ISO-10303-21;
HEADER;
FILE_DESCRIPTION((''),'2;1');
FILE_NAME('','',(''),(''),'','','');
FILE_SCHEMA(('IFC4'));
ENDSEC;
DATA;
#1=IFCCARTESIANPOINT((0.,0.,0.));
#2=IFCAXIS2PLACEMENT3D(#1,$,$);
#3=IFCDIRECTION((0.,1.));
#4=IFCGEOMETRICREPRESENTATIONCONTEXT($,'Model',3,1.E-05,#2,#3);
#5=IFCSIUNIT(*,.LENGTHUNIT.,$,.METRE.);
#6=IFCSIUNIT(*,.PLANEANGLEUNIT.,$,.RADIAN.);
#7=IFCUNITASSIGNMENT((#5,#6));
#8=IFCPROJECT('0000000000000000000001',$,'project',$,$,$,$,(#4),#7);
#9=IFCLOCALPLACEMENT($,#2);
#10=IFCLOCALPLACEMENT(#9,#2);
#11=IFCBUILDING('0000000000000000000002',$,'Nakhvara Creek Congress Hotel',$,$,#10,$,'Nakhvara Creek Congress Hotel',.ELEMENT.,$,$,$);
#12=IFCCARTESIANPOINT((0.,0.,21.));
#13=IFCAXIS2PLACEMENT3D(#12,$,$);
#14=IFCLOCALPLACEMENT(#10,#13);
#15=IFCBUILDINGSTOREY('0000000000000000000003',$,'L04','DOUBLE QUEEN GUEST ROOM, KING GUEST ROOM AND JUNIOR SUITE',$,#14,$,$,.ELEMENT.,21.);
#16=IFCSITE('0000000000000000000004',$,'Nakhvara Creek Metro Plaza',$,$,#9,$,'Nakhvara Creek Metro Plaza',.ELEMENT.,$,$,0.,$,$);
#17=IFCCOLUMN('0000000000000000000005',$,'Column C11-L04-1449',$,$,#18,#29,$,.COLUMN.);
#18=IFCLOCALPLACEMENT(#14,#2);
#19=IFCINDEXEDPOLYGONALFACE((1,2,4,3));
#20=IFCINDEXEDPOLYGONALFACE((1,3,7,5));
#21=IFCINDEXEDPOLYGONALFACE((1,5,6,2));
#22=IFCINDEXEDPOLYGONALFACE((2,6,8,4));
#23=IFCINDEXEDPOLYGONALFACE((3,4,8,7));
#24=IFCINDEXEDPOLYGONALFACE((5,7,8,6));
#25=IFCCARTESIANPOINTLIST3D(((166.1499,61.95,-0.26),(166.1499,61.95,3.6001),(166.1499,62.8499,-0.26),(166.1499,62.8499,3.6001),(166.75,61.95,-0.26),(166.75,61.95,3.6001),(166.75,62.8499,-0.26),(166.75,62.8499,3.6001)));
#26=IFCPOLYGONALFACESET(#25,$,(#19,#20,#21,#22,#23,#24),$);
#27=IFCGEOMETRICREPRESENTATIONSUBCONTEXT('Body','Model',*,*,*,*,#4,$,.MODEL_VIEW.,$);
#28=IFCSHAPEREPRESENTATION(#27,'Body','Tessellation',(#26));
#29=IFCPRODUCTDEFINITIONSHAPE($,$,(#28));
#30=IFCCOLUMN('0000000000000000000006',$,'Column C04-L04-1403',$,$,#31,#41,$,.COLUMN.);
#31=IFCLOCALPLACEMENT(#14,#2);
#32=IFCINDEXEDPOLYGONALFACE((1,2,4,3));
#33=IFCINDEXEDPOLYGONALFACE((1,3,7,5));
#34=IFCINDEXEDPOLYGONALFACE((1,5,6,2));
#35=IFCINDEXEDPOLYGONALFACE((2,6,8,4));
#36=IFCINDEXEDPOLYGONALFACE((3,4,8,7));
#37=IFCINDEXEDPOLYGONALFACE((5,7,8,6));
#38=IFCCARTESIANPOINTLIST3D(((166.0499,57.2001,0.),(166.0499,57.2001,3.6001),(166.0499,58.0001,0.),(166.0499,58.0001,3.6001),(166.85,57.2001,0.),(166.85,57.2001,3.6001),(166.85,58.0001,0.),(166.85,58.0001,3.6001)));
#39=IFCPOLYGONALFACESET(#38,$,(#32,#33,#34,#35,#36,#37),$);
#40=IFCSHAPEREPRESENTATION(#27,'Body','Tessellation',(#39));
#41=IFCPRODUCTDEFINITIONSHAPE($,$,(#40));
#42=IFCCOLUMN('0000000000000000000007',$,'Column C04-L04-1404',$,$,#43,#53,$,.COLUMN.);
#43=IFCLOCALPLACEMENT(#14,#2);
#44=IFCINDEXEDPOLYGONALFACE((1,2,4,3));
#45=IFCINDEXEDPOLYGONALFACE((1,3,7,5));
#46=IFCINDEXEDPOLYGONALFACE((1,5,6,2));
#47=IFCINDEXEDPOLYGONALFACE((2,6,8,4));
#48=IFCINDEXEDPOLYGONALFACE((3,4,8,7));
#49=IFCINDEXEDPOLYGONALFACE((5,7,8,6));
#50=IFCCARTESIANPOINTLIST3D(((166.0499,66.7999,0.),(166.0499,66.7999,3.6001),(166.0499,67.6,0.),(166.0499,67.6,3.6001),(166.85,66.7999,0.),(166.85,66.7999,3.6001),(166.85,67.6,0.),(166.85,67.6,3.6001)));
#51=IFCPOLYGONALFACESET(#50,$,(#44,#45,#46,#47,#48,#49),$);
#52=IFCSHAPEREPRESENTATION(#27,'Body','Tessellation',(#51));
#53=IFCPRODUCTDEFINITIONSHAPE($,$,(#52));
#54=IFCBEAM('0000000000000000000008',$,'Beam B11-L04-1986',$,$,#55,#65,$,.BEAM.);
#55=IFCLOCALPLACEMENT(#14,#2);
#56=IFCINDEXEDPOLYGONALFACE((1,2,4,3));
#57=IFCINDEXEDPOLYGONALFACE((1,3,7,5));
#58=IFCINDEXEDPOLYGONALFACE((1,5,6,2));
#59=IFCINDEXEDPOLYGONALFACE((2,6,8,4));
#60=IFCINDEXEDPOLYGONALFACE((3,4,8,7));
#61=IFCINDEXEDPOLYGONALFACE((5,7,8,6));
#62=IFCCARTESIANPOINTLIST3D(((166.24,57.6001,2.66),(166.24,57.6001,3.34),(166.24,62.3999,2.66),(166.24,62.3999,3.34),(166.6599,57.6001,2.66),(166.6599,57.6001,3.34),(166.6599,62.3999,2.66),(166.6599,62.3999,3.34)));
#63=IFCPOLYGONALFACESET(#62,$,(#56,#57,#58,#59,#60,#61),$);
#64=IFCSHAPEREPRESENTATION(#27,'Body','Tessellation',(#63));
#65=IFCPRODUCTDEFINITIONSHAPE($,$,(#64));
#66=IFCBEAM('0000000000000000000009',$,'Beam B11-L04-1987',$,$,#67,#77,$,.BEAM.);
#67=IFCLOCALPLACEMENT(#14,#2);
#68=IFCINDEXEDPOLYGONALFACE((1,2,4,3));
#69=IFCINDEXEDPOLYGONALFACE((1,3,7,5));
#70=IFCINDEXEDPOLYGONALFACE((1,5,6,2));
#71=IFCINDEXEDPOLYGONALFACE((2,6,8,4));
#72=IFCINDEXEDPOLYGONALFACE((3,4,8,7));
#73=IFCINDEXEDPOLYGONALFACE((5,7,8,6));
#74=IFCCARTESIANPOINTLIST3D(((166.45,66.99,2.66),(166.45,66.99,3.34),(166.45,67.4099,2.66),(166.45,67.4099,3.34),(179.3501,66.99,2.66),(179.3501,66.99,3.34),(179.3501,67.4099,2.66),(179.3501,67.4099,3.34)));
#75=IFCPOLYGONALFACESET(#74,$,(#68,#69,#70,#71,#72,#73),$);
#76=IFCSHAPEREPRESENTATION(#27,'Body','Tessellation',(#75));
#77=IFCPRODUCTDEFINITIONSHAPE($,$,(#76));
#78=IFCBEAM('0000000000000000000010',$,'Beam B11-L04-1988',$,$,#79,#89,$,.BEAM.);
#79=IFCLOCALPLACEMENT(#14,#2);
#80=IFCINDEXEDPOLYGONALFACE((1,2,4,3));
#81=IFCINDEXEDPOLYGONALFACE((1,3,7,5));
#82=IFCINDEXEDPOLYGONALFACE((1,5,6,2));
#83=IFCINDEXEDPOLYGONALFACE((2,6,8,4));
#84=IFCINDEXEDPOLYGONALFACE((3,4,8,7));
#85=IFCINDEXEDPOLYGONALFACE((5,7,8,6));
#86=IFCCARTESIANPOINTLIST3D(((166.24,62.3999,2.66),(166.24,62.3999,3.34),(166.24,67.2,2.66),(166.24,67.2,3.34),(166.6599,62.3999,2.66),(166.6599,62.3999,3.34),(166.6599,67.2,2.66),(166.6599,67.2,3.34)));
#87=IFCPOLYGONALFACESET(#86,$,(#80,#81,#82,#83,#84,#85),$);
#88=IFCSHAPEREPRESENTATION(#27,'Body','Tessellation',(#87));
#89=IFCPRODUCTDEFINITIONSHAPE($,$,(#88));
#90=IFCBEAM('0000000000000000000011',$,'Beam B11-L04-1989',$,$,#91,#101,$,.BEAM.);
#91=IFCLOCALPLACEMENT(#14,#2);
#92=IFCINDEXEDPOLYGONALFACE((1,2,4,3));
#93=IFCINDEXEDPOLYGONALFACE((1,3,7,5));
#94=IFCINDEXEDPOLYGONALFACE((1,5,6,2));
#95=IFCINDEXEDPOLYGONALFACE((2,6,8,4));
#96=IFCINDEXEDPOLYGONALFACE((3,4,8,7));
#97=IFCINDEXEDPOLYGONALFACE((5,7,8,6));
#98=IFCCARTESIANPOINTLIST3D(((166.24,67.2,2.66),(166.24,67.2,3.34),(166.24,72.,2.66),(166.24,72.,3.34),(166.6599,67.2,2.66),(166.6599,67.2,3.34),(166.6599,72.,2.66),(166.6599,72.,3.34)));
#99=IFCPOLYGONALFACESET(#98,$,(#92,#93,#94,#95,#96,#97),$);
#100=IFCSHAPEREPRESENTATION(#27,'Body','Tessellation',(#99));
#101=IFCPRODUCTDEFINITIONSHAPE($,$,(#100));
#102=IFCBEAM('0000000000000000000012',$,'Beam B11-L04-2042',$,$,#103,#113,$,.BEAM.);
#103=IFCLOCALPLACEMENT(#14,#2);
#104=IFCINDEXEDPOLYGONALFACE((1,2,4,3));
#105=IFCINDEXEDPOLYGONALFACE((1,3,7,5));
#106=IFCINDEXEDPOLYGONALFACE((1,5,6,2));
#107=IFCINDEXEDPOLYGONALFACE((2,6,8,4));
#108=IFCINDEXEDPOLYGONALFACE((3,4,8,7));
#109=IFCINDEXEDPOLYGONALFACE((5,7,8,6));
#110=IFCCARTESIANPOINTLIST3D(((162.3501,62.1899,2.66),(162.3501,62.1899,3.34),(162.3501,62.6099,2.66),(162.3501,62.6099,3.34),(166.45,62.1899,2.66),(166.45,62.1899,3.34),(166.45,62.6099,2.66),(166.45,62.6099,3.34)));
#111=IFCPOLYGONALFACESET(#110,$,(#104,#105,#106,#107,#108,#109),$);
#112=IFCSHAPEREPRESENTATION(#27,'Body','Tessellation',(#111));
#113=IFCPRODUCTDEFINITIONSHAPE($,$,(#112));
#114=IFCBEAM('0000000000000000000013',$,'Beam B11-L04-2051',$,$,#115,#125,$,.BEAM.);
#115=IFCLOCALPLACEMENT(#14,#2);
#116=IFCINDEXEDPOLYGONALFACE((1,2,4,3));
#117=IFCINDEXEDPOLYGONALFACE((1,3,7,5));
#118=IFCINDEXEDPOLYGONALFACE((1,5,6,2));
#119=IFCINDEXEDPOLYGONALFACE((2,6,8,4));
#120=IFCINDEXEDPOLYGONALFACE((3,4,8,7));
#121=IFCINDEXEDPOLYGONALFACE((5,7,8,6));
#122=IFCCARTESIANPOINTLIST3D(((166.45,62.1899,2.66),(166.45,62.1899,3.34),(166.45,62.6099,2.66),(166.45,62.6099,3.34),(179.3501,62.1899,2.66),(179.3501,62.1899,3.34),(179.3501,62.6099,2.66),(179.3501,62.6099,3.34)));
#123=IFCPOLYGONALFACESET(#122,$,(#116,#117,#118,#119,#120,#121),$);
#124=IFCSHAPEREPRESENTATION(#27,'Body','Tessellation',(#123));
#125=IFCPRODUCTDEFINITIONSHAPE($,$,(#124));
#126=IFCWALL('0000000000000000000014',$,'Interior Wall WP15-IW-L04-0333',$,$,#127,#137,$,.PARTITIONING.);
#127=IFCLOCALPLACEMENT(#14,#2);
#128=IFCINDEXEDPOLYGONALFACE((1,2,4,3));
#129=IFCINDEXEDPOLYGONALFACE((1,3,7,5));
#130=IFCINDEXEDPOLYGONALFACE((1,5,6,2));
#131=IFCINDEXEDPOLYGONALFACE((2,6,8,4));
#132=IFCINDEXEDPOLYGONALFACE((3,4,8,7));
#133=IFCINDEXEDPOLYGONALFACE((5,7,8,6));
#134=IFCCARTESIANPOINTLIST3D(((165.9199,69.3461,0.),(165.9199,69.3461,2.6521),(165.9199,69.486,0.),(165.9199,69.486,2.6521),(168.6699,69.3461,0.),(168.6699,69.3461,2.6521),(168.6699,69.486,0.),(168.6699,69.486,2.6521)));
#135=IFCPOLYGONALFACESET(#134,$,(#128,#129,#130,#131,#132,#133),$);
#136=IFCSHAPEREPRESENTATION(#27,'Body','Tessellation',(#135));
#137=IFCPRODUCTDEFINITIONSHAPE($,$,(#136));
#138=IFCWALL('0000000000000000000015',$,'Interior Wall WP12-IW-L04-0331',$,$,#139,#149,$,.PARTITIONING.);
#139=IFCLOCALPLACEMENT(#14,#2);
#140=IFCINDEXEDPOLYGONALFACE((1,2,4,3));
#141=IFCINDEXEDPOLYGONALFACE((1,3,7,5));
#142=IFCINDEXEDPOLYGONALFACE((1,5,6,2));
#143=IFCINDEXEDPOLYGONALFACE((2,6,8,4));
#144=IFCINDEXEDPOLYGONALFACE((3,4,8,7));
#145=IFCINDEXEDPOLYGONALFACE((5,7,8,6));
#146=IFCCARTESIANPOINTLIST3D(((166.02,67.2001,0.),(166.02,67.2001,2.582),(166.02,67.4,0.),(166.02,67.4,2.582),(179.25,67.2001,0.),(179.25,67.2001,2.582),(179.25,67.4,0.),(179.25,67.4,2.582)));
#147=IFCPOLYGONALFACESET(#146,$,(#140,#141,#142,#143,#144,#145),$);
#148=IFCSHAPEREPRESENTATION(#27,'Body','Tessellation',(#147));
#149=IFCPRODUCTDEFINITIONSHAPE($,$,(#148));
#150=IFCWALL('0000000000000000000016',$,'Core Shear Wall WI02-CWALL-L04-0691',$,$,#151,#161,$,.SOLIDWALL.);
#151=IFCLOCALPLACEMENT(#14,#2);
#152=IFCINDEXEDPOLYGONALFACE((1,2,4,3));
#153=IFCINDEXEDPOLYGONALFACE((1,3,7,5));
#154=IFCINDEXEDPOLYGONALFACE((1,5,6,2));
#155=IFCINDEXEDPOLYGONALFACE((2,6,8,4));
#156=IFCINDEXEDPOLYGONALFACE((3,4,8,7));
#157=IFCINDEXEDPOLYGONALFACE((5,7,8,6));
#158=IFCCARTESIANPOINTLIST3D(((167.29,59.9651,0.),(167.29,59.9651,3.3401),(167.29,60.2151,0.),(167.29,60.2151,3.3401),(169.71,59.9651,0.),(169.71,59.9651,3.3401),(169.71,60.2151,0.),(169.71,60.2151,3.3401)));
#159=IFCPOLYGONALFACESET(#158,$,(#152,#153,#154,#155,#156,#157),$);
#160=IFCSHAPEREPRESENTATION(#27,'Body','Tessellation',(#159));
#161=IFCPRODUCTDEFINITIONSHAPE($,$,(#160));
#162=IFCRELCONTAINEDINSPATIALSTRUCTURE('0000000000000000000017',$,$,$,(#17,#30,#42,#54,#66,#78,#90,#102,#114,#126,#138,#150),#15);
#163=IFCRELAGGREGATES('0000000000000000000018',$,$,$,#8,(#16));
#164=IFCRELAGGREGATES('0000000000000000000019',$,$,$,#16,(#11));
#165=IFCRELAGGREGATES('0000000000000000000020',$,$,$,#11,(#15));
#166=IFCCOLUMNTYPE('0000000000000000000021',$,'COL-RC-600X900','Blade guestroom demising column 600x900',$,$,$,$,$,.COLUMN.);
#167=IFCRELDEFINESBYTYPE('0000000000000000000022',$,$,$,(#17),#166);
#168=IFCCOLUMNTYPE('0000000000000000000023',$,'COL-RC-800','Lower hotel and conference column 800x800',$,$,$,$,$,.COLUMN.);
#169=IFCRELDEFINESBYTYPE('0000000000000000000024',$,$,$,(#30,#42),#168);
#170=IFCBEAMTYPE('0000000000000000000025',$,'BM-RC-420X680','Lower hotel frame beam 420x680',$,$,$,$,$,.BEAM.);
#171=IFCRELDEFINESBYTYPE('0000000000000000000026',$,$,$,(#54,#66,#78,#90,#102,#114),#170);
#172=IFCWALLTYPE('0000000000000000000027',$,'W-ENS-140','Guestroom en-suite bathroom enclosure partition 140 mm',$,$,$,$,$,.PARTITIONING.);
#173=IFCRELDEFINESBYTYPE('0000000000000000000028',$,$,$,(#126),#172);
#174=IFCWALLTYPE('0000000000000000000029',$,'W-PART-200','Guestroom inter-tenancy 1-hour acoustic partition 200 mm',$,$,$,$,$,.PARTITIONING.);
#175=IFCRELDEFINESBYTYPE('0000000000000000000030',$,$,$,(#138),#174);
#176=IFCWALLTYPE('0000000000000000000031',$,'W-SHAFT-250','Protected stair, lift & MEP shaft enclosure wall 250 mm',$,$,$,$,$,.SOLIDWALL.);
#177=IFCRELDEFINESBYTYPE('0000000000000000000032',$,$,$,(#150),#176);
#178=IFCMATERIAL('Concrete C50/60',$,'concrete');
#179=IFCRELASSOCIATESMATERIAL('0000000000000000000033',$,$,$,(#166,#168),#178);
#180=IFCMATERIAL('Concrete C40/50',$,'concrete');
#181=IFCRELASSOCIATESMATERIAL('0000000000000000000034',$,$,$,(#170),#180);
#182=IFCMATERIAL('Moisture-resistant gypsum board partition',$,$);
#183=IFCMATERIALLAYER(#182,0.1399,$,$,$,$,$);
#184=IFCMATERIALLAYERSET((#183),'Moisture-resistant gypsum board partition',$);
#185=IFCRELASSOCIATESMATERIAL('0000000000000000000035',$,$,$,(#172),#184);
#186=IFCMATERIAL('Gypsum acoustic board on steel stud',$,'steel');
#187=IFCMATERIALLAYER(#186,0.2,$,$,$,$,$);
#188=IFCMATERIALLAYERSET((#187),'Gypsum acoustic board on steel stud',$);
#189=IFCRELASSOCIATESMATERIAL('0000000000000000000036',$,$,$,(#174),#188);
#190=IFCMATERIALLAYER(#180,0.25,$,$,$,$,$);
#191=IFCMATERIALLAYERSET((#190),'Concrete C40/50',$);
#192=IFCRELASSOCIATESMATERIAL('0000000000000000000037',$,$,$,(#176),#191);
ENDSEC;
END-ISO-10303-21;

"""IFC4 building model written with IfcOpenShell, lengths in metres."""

from ifc_helpers import new_model, si_unit, direction, frame, frame_2d, origin, origin_2d, place, context, subcontext, project, spatial, rectangle, extrude, material, layer, layer_set, material_profile, profile_set, type_object, element, save


model = new_model("IFC4")

# Units and contexts
model_context = context("Model", 3, precision=1e-05, world=origin(), true_north=direction((0.0, 1.0)))
body_context = subcontext(model_context, "Body", "Model", "MODEL_VIEW")
ifc_project = project(units=[si_unit("LENGTHUNIT", "METRE"), si_unit("PLANEANGLEUNIT", "RADIAN")], contexts=[model_context])

# Site, building, storey
site_placement = place(None, origin())
site = spatial("IfcSite", under=ifc_project, at=site_placement, Name="Nakhvara Creek Metro Plaza", LongName="Nakhvara Creek Metro Plaza", CompositionType="ELEMENT", RefElevation=0.0)
building_placement = place(site_placement, origin())
building = spatial("IfcBuilding", under=site, at=building_placement, Name="Nakhvara Creek Congress Hotel", LongName="Nakhvara Creek Congress Hotel", CompositionType="ELEMENT")
storey_placement = place(building_placement, frame((0.0, 0.0, 21.0)))
storey = spatial("IfcBuildingStorey", under=building, at=storey_placement, Name="L04", Description="DOUBLE QUEEN GUEST ROOM, KING GUEST ROOM AND JUNIOR SUITE", CompositionType="ELEMENT", Elevation=21.0)

# Columns
ifc_material_1 = material(Name="Concrete C50/60", Category="concrete")
ifc_material_profile_1 = material_profile(ifc_material_1, rectangle(XDim=0.6001, YDim=0.8999, at=origin_2d()), Name="RC-COL 600x900", Category="LoadBearing")
ifc_profile_set_1 = profile_set([ifc_material_profile_1], Name="Concrete C50/60")
column_type_1 = type_object("IfcColumnType", Name="COL-RC-600X900", Description="Blade guestroom demising column 600x900", PredefinedType="COLUMN", material=ifc_profile_set_1)
column_placement = place(storey_placement, frame((166.45, 62.3999, -0.26), z_axis=(0.0, 0.0, 1.0), x_axis=(1.0, 0.0, 0.0)))
element("IfcColumn", 1, at=column_placement, inside=storey, type_object=column_type_1, Name="Column C11-L04-1449", PredefinedType="COLUMN", context=body_context, shape_type="SweptSolid", body=[
    extrude(rectangle(XDim=0.6001, YDim=0.8999, at=origin_2d()), origin(), (0.0, 0.0, 1.0), 3.8601),
])
ifc_material_profile_2 = material_profile(ifc_material_1, rectangle(XDim=0.8, YDim=0.8, at=origin_2d()), Name="RC-COL 800x800", Category="LoadBearing")
ifc_profile_set_2 = profile_set([ifc_material_profile_2], Name="Concrete C50/60")
column_type_2 = type_object("IfcColumnType", Name="COL-RC-800", Description="Lower hotel and conference column 800x800", PredefinedType="COLUMN", material=ifc_profile_set_2)
for number, where, z_axis, x_axis, name in (
    (2, (166.45, 57.6001, 0.0), (0.0, 0.0, 1.0), (1.0, 0.0, 0.0), "Column C04-L04-1403"),
    (3, (166.45, 67.2, 0.0), (0.0, 0.0, 1.0), (1.0, 0.0, 0.0), "Column C04-L04-1404"),
):
    element("IfcColumn", number, at=place(storey_placement, frame(where, z_axis=z_axis, x_axis=x_axis)), inside=storey, type_object=column_type_2, Name=name, PredefinedType="COLUMN", context=body_context, shape_type="SweptSolid", body=[
        extrude(rectangle(XDim=0.8, YDim=0.8, at=origin_2d()), origin(), (0.0, 0.0, 1.0), 3.6001),
    ])

# Beams
ifc_material_2 = material(Name="Concrete C40/50", Category="concrete")
ifc_material_profile_3 = material_profile(ifc_material_2, rectangle(XDim=0.4199, YDim=0.6799, at=origin_2d()), Name="RC-BM 420x680", Category="LoadBearing")
ifc_profile_set_3 = profile_set([ifc_material_profile_3], Name="Concrete C40/50")
beam_type = type_object("IfcBeamType", Name="BM-RC-420X680", Description="Lower hotel frame beam 420x680", PredefinedType="BEAM", material=ifc_profile_set_3)
beam_1_placement = place(storey_placement, frame((166.45, 57.6001, 3.0), z_axis=(0.0, 1.0, 0.0), x_axis=(-1.0, 0.0, 0.0)))
element("IfcBeam", 4, at=beam_1_placement, inside=storey, type_object=beam_type, Name="Beam B11-L04-1986", PredefinedType="BEAM", context=body_context, shape_type="SweptSolid", body=[
    extrude(rectangle(XDim=0.4199, YDim=0.6799, at=origin_2d()), origin(), (0.0, 0.0, 1.0), 4.7998),
])
beam_2_placement = place(storey_placement, frame((166.45, 67.2, 3.0), z_axis=(1.0, 0.0, 0.0), x_axis=(0.0, 1.0, 0.0)))
element("IfcBeam", 5, at=beam_2_placement, inside=storey, type_object=beam_type, Name="Beam B11-L04-1987", PredefinedType="BEAM", context=body_context, shape_type="SweptSolid", body=[
    extrude(rectangle(XDim=0.4199, YDim=0.6799, at=origin_2d()), origin(), (0.0, 0.0, 1.0), 12.9001),
])
for number, where, z_axis, x_axis, name in (
    (6, (166.45, 62.3999, 3.0), (0.0, 1.0, 0.0), (-1.0, 0.0, 0.0), "Beam B11-L04-1988"),
    (7, (166.45, 67.2, 3.0), (0.0, 1.0, 0.0), (-1.0, 0.0, 0.0), "Beam B11-L04-1989"),
):
    element("IfcBeam", number, at=place(storey_placement, frame(where, z_axis=z_axis, x_axis=x_axis)), inside=storey, type_object=beam_type, Name=name, PredefinedType="BEAM", context=body_context, shape_type="SweptSolid", body=[
        extrude(rectangle(XDim=0.4199, YDim=0.6799, at=origin_2d()), origin(), (0.0, 0.0, 1.0), 4.8),
    ])
beam_3_placement = place(storey_placement, frame((162.3501, 62.3999, 3.0), z_axis=(1.0, 0.0, 0.0), x_axis=(0.0, 1.0, 0.0)))
element("IfcBeam", 8, at=beam_3_placement, inside=storey, type_object=beam_type, Name="Beam B11-L04-2042", PredefinedType="BEAM", context=body_context, shape_type="SweptSolid", body=[
    extrude(rectangle(XDim=0.4199, YDim=0.6799, at=origin_2d()), origin(), (0.0, 0.0, 1.0), 4.0999),
])
beam_4_placement = place(storey_placement, frame((166.45, 62.3999, 3.0), z_axis=(1.0, 0.0, 0.0), x_axis=(0.0, 1.0, 0.0)))
element("IfcBeam", 9, at=beam_4_placement, inside=storey, type_object=beam_type, Name="Beam B11-L04-2051", PredefinedType="BEAM", context=body_context, shape_type="SweptSolid", body=[
    extrude(rectangle(XDim=0.4199, YDim=0.6799, at=origin_2d()), origin(), (0.0, 0.0, 1.0), 12.9001),
])

# Shared definitions
ifc_material_3 = material(Name="Gypsum acoustic board on steel stud", Category="steel")

# Walls
ifc_material_4 = material(Name="Moisture-resistant gypsum board partition")
ifc_layer_1 = layer(ifc_material_4, 0.1399)
ifc_layer_set_1 = layer_set([ifc_layer_1], Name="Moisture-resistant gypsum board partition")
wall_type_1 = type_object("IfcWallType", Name="W-ENS-140", Description="Guestroom en-suite bathroom enclosure partition 140 mm", PredefinedType="PARTITIONING", material=ifc_layer_set_1)
wall_1_placement = place(storey_placement, frame((165.9199, 69.416, 0.0), z_axis=(0.0, 0.0, 1.0), x_axis=(1.0, 0.0, 0.0)))
element("IfcWall", 10, at=wall_1_placement, inside=storey, type_object=wall_type_1, Name="Interior Wall WP15-IW-L04-0333", PredefinedType="PARTITIONING", context=body_context, shape_type="SweptSolid", body=[
    extrude(rectangle(XDim=2.75, YDim=0.1399, at=frame_2d((1.375, 0.0))), origin(), (0.0, 0.0, 1.0), 2.6521),
])
ifc_layer_2 = layer(ifc_material_3, 0.2)
ifc_layer_set_2 = layer_set([ifc_layer_2], Name="Gypsum acoustic board on steel stud")
wall_type_2 = type_object("IfcWallType", Name="W-PART-200", Description="Guestroom inter-tenancy 1-hour acoustic partition 200 mm", PredefinedType="PARTITIONING", material=ifc_layer_set_2)
wall_2_placement = place(storey_placement, frame((166.02, 67.3, 0.0), z_axis=(0.0, 0.0, 1.0), x_axis=(1.0, 0.0, 0.0)))
element("IfcWall", 11, at=wall_2_placement, inside=storey, type_object=wall_type_2, Name="Interior Wall WP12-IW-L04-0331", PredefinedType="PARTITIONING", context=body_context, shape_type="SweptSolid", body=[
    extrude(rectangle(XDim=13.23, YDim=0.2, at=frame_2d((6.615, 0.0))), origin(), (0.0, 0.0, 1.0), 2.582),
])
ifc_layer_3 = layer(ifc_material_2, 0.25)
ifc_layer_set_3 = layer_set([ifc_layer_3], Name="Concrete C40/50")
wall_type_3 = type_object("IfcWallType", Name="W-SHAFT-250", Description="Protected stair, lift & MEP shaft enclosure wall 250 mm", PredefinedType="SOLIDWALL", material=ifc_layer_set_3)
wall_3_placement = place(storey_placement, frame((167.29, 60.0901, 0.0), z_axis=(0.0, 0.0, 1.0), x_axis=(1.0, 0.0, 0.0)))
element("IfcWall", 12, at=wall_3_placement, inside=storey, type_object=wall_type_3, Name="Core Shear Wall WI02-CWALL-L04-0691", PredefinedType="SOLIDWALL", context=body_context, shape_type="SweptSolid", body=[
    extrude(rectangle(XDim=2.4199, YDim=0.25, at=frame_2d((1.21, 0.0))), origin(), (0.0, 0.0, 1.0), 3.3401),
])

save(model, "model.ifc")
